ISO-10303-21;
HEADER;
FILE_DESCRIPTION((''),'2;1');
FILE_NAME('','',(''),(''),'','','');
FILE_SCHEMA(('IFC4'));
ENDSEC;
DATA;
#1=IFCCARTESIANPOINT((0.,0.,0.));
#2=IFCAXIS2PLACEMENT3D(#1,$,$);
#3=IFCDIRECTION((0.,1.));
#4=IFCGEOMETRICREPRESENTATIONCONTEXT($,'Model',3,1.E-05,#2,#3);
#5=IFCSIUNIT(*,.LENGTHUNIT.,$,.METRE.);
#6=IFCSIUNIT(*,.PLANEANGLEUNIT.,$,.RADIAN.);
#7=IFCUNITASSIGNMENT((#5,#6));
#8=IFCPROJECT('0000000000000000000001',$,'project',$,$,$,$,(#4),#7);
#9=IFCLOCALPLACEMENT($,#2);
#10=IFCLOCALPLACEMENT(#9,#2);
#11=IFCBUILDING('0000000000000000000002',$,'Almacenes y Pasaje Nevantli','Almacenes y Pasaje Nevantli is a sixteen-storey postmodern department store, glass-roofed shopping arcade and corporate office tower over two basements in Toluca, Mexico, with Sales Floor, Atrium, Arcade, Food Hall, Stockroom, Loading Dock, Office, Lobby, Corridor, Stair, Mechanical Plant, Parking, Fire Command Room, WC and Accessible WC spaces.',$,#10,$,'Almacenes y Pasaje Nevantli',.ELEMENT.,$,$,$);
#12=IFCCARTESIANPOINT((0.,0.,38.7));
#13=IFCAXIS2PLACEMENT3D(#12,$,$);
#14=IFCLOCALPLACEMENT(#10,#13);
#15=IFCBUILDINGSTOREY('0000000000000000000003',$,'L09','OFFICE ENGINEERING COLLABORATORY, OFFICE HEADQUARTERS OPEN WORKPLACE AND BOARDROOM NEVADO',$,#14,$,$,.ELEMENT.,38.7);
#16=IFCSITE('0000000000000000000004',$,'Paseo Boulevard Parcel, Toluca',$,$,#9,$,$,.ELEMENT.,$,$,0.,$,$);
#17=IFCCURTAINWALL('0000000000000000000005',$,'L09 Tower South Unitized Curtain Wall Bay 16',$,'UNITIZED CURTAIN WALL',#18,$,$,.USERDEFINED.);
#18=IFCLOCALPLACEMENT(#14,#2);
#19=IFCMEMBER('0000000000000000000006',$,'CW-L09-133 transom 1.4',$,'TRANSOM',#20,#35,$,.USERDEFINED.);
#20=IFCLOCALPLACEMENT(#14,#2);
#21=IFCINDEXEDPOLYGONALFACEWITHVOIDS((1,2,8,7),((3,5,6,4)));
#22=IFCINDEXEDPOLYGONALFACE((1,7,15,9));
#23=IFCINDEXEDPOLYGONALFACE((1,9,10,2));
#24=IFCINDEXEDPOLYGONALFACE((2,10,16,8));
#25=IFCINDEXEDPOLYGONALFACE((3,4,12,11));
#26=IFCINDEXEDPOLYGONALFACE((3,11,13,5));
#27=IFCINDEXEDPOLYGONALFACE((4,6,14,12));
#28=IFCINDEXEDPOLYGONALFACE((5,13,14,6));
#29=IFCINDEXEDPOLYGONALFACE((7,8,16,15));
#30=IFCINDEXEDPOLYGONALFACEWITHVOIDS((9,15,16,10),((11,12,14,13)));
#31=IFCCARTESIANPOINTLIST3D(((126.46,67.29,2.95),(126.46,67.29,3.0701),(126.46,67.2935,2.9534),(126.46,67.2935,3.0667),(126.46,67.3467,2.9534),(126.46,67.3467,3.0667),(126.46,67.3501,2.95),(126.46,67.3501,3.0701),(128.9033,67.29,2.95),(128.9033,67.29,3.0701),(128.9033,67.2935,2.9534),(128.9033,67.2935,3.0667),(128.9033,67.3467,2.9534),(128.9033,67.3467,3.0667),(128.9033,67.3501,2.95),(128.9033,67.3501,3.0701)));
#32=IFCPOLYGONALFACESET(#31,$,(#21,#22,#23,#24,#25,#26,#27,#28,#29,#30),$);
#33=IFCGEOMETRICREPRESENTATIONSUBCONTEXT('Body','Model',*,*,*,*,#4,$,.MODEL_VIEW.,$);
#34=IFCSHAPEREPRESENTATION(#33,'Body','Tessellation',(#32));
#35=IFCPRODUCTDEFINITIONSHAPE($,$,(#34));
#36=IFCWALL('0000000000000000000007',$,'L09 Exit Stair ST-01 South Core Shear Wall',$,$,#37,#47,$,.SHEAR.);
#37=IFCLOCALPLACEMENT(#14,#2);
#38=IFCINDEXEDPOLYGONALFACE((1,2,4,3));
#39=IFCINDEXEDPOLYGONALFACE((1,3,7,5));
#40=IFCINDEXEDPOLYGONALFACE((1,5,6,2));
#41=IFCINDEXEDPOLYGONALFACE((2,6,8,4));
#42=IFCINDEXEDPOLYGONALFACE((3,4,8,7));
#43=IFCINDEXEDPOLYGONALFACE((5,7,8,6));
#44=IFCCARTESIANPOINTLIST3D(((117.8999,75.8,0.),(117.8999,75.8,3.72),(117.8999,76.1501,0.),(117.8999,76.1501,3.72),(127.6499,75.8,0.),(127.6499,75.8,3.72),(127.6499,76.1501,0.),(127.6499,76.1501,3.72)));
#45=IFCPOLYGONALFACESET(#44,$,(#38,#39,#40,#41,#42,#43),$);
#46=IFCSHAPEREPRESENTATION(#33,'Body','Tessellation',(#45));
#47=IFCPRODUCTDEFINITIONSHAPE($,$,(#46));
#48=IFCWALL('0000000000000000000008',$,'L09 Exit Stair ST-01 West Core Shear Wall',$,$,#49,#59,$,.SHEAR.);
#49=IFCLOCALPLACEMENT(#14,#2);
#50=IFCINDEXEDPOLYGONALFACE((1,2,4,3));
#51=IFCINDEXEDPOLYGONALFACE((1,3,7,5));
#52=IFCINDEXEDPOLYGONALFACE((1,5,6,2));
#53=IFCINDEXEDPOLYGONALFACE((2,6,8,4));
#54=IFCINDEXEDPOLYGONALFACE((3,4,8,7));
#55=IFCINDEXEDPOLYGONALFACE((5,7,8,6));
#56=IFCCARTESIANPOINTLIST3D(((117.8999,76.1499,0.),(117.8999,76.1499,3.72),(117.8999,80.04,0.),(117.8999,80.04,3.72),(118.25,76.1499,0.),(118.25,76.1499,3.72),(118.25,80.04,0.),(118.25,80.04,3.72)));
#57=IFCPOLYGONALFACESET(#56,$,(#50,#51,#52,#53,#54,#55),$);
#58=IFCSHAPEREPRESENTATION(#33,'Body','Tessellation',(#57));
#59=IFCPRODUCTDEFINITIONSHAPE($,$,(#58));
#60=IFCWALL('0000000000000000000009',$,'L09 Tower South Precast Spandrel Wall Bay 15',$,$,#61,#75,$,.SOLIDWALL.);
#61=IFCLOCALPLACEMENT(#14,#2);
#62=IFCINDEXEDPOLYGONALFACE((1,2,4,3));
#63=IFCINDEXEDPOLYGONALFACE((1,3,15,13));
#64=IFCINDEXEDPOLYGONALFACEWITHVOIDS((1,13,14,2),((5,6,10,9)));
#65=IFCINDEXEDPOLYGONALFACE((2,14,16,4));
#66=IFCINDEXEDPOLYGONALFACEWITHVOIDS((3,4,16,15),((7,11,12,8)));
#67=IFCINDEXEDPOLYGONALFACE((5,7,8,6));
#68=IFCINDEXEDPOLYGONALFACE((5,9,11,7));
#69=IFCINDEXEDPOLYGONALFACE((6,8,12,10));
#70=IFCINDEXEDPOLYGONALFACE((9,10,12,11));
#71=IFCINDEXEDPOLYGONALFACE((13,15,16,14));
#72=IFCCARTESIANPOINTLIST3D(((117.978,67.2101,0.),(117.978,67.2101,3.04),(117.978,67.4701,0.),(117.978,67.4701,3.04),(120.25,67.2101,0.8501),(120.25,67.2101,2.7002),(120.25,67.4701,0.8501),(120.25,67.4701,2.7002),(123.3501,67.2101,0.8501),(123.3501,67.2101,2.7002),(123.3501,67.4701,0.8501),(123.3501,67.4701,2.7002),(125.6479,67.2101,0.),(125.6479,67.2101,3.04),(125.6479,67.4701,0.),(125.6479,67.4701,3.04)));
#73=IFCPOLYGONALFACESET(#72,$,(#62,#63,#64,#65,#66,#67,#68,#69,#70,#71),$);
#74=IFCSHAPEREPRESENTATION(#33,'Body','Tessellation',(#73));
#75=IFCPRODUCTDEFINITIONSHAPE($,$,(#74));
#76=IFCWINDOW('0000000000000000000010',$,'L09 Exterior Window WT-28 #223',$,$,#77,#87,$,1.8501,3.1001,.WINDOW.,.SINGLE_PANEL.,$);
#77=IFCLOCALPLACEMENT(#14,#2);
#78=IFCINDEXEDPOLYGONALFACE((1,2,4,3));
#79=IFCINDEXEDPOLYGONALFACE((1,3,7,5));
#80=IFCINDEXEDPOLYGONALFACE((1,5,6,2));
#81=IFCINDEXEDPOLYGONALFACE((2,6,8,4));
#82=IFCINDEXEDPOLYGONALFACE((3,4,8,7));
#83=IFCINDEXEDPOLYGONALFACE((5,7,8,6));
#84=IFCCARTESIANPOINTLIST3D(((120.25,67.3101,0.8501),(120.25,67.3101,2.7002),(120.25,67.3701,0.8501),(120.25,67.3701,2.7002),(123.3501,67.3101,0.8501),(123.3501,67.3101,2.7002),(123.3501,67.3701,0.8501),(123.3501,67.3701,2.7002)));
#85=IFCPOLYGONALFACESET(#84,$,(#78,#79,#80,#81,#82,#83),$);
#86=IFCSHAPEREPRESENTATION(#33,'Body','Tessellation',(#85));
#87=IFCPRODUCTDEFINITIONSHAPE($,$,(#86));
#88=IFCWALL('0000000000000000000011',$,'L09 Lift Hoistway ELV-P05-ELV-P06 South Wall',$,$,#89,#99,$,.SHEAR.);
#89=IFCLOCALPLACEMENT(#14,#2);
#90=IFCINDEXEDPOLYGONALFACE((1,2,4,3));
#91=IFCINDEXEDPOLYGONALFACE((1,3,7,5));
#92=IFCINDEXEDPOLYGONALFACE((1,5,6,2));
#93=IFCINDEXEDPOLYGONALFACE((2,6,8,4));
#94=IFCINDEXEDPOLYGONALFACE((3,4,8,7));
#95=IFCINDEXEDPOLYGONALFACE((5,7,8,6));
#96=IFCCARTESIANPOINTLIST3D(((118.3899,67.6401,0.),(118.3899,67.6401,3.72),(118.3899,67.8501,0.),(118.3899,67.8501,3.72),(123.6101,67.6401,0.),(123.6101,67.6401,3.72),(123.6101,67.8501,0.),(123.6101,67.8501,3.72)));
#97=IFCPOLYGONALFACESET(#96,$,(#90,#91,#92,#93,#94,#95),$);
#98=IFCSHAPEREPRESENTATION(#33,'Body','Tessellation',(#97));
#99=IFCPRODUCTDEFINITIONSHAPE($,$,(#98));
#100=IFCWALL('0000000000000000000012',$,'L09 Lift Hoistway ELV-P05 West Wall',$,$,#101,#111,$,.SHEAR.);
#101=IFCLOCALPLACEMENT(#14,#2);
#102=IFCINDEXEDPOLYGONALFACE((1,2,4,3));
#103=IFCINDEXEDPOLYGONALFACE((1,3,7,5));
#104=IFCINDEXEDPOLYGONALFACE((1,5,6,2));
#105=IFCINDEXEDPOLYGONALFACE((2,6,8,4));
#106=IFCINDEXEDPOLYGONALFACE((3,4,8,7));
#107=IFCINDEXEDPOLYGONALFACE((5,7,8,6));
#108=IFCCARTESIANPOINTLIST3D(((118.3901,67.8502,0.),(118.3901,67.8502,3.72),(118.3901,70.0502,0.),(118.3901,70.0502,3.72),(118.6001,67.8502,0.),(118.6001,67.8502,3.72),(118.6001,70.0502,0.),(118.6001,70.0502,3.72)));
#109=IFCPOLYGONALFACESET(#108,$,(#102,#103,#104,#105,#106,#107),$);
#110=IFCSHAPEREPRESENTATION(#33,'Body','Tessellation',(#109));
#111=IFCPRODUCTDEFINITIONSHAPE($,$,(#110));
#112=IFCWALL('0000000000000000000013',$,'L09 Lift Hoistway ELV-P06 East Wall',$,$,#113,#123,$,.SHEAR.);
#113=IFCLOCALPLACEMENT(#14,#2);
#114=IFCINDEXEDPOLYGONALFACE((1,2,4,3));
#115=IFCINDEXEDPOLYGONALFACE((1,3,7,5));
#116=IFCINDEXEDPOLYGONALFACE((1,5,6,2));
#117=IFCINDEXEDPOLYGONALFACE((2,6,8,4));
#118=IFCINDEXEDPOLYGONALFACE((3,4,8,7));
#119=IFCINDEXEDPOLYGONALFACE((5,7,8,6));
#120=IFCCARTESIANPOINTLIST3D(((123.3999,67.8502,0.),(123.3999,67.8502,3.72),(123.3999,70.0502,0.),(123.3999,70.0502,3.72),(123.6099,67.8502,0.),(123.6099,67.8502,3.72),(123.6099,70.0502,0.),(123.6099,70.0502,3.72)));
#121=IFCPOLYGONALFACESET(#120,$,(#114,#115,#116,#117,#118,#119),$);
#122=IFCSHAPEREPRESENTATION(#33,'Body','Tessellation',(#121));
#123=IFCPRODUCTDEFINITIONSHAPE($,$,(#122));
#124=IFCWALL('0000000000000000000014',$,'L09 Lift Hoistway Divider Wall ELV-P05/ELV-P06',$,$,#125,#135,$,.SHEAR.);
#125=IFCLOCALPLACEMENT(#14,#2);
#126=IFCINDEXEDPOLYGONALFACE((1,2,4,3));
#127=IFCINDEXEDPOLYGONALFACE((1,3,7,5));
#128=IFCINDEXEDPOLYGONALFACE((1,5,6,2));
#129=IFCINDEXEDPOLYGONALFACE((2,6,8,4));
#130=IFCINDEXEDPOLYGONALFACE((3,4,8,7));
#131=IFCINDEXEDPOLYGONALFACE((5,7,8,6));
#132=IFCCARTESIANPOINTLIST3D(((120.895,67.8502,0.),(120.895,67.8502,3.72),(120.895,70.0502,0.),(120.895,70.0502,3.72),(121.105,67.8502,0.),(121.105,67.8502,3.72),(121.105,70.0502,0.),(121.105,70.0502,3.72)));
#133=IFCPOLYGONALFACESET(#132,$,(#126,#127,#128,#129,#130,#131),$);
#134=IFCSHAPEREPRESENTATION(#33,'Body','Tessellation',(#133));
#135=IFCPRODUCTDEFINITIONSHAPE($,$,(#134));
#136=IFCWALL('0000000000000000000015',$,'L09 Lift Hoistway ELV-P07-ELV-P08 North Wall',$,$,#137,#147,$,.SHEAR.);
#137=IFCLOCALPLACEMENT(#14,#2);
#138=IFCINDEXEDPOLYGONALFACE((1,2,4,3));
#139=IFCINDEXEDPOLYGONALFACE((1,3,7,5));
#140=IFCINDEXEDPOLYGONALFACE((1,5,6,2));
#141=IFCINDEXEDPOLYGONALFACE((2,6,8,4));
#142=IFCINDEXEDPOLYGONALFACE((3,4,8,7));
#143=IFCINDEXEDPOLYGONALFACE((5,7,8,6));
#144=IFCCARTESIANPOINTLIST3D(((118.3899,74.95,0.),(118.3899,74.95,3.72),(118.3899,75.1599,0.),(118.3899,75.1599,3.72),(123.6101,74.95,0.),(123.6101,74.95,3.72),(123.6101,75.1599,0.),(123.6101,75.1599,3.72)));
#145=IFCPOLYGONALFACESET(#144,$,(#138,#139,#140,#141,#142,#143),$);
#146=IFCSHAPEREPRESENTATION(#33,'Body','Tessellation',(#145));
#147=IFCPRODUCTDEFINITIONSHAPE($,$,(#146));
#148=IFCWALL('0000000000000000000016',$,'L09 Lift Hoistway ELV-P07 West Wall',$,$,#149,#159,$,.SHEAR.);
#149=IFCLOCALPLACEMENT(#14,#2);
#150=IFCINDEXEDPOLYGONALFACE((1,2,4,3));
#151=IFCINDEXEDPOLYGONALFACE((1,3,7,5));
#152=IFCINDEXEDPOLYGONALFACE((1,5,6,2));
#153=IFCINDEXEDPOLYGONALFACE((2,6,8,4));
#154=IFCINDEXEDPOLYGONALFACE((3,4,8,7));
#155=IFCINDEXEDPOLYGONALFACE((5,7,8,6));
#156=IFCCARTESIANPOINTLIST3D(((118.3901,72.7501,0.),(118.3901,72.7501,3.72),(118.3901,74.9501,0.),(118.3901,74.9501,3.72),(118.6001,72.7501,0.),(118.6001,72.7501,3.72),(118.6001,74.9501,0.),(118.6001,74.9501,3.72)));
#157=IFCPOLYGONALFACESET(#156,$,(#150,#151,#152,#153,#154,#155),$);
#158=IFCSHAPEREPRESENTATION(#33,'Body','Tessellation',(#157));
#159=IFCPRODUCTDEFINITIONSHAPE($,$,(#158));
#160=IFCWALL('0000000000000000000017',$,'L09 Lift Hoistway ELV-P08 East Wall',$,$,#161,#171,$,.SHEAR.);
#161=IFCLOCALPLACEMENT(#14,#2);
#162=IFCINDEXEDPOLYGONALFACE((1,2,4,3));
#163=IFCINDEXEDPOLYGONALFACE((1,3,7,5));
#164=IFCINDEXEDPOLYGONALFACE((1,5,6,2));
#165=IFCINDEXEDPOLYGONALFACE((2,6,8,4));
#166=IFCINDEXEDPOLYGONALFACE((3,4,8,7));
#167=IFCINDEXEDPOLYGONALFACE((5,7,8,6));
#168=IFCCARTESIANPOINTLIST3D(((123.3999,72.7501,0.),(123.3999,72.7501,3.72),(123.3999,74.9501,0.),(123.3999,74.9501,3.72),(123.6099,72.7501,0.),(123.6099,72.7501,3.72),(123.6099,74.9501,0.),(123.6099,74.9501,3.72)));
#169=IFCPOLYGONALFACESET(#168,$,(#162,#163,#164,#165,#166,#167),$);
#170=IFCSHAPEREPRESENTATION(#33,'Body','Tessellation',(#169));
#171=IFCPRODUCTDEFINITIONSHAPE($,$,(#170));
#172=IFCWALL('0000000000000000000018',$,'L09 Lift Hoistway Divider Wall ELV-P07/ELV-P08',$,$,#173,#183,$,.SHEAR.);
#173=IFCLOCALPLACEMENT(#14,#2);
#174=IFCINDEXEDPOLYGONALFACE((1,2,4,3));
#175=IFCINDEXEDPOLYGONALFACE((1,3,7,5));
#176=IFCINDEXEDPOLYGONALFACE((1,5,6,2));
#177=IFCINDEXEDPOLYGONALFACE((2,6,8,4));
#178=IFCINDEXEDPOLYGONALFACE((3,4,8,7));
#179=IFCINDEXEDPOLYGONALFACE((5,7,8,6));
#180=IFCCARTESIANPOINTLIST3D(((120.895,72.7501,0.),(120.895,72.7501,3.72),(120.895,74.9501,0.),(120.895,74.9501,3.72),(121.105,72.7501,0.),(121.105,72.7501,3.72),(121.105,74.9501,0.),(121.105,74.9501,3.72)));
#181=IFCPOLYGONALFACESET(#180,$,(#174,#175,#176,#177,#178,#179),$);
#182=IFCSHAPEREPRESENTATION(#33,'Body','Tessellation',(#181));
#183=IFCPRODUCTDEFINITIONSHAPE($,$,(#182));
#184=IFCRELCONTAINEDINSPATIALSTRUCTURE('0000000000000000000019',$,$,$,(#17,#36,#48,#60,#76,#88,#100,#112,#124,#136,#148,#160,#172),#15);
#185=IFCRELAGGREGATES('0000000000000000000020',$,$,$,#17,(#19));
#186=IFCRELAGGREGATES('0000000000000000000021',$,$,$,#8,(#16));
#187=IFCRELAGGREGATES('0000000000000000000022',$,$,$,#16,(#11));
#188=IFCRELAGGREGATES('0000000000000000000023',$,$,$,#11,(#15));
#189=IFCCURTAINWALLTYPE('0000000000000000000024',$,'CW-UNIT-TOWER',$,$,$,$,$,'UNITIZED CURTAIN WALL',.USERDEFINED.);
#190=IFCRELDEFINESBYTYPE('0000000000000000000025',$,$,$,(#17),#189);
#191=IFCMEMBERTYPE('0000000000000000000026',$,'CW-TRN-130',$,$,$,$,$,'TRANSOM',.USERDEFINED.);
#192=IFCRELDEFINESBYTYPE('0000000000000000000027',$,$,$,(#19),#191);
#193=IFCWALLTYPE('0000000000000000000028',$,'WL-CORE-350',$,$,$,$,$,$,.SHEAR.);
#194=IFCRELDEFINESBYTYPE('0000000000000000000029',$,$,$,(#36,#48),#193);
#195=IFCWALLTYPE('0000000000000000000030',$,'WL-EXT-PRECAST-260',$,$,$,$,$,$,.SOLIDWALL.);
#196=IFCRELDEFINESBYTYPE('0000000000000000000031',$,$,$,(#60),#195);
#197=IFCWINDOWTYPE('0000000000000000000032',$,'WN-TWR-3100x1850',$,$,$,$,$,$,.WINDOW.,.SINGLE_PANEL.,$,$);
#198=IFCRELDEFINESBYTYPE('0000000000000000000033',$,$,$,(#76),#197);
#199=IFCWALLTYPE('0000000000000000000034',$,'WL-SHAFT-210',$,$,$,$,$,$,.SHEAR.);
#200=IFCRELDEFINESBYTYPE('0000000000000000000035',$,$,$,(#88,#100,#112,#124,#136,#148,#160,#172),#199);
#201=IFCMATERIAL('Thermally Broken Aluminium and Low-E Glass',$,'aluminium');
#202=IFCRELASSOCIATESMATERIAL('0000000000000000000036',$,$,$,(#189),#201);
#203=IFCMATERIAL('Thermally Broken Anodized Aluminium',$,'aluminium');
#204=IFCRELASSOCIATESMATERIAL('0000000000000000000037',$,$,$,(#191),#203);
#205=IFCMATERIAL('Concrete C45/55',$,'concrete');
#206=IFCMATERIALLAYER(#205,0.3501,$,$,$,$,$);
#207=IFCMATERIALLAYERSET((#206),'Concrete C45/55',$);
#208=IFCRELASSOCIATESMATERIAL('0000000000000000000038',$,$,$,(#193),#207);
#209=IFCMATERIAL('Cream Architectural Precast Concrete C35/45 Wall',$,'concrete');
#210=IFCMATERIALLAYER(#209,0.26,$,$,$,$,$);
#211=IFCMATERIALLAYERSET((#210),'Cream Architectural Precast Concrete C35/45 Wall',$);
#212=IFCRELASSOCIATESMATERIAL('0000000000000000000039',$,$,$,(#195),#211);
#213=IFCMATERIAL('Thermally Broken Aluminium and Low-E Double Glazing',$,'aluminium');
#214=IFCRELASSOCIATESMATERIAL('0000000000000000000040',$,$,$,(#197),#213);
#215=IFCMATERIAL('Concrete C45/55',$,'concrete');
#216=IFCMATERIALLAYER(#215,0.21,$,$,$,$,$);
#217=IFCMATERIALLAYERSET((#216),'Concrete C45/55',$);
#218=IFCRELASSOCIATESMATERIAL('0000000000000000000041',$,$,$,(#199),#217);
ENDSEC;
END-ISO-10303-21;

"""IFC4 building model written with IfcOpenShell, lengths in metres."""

from ifc_helpers import new_model, si_unit, direction, frame, frame_2d, origin, origin_2d, place, context, subcontext, project, spatial, rectangle, hollow_rectangle, extrude, material, layer, layer_set, material_profile, profile_set, type_object, element, fill, aggregate, save


model = new_model("IFC4")

# Units and contexts
model_context = context("Model", 3, precision=1e-05, world=origin(), true_north=direction((0.0, 1.0)))
body_context = subcontext(model_context, "Body", "Model", "MODEL_VIEW")
ifc_project = project(units=[si_unit("LENGTHUNIT", "METRE"), si_unit("PLANEANGLEUNIT", "RADIAN")], contexts=[model_context])

# Site, building, storey
site_placement = place(None, origin())
site = spatial("IfcSite", under=ifc_project, at=site_placement, Name="Paseo Boulevard Parcel, Toluca", CompositionType="ELEMENT", RefElevation=0.0)
building_placement = place(site_placement, origin())
building = spatial("IfcBuilding", under=site, at=building_placement, Name="Almacenes y Pasaje Nevantli", Description="Almacenes y Pasaje Nevantli is a sixteen-storey postmodern department store, glass-roofed shopping arcade and corporate office tower over two basements in Toluca, Mexico, with Sales Floor, Atrium, Arcade, Food Hall, Stockroom, Loading Dock, Office, Lobby, Corridor, Stair, Mechanical Plant, Parking, Fire Command Room, WC and Accessible WC spaces.", LongName="Almacenes y Pasaje Nevantli", CompositionType="ELEMENT")
storey_placement = place(building_placement, frame((0.0, 0.0, 38.7)))
storey = spatial("IfcBuildingStorey", under=building, at=storey_placement, Name="L09", Description="OFFICE ENGINEERING COLLABORATORY, OFFICE HEADQUARTERS OPEN WORKPLACE AND BOARDROOM NEVADO", CompositionType="ELEMENT", Elevation=38.7)

# Curtain wall, member
ifc_material_1 = material(Name="Thermally Broken Aluminium and Low-E Glass", Category="aluminium")
curtain_wall_type = type_object("IfcCurtainWallType", Name="CW-UNIT-TOWER", ElementType="UNITIZED CURTAIN WALL", PredefinedType="USERDEFINED", material=ifc_material_1)
curtain_wall_placement = place(storey_placement, origin())
curtain_wall = element("IfcCurtainWall", 1, at=curtain_wall_placement, inside=storey, type_object=curtain_wall_type, Name="L09 Tower South Unitized Curtain Wall Bay 16", ObjectType="UNITIZED CURTAIN WALL", PredefinedType="USERDEFINED")
ifc_material_2 = material(Name="Thermally Broken Anodized Aluminium", Category="aluminium")
ifc_material_profile_1 = material_profile(ifc_material_2, hollow_rectangle(XDim=0.0601, YDim=0.1201, WallThickness=0.0034, at=origin_2d()), Name="ALU-TRN-60x120")
ifc_profile_set_1 = profile_set([ifc_material_profile_1], Name="Thermally Broken Anodized Aluminium")
member_type_1 = type_object("IfcMemberType", Name="CW-TRN-130", ElementType="TRANSOM", PredefinedType="USERDEFINED", material=ifc_profile_set_1)
member_1_placement = place(storey_placement, frame((126.46, 67.3201, 3.01), z_axis=(1.0, 0.0, 0.0), x_axis=(0.0, 1.0, 0.0)))
member_1 = element("IfcMember", 2, at=member_1_placement, type_object=member_type_1, Name="CW-L09-133 transom 1.4", ObjectType="TRANSOM", PredefinedType="USERDEFINED", context=body_context, shape_type="SweptSolid", body=[
    extrude(hollow_rectangle(XDim=0.0601, YDim=0.1201, WallThickness=0.0034, at=origin_2d()), origin(), (0.0, 0.0, 1.0), 2.4434),
])
aggregate(curtain_wall, [member_1])

# Walls
ifc_material_3 = material(Name="Concrete C45/55", Category="concrete")
ifc_layer_1 = layer(ifc_material_3, 0.3501)
ifc_layer_set_1 = layer_set([ifc_layer_1], Name="Concrete C45/55")
wall_type_1 = type_object("IfcWallType", Name="WL-CORE-350", PredefinedType="SHEAR", material=ifc_layer_set_1)
wall_1_placement = place(storey_placement, frame((117.8999, 75.9751, 0.0), z_axis=(0.0, 0.0, 1.0), x_axis=(1.0, 0.0, 0.0)))
element("IfcWall", 3, at=wall_1_placement, inside=storey, type_object=wall_type_1, Name="L09 Exit Stair ST-01 South Core Shear Wall", PredefinedType="SHEAR", context=body_context, shape_type="SweptSolid", body=[
    extrude(rectangle(XDim=9.75, YDim=0.3501, at=frame_2d((4.875, 0.0))), origin(), (0.0, 0.0, 1.0), 3.72),
])
wall_2_placement = place(storey_placement, frame((118.075, 76.1499, 0.0), z_axis=(0.0, 0.0, 1.0), x_axis=(0.0, 1.0, 0.0)))
element("IfcWall", 4, at=wall_2_placement, inside=storey, type_object=wall_type_1, Name="L09 Exit Stair ST-01 West Core Shear Wall", PredefinedType="SHEAR", context=body_context, shape_type="SweptSolid", body=[
    extrude(rectangle(XDim=3.8901, YDim=0.3501, at=frame_2d((1.9451, 0.0))), origin(), (0.0, 0.0, 1.0), 3.72),
])

# Wall, opening, window
ifc_material_4 = material(Name="Cream Architectural Precast Concrete C35/45 Wall", Category="concrete")
ifc_layer_2 = layer(ifc_material_4, 0.26)
ifc_layer_set_2 = layer_set([ifc_layer_2], Name="Cream Architectural Precast Concrete C35/45 Wall")
wall_type_2 = type_object("IfcWallType", Name="WL-EXT-PRECAST-260", PredefinedType="SOLIDWALL", material=ifc_layer_set_2)
wall_3_placement = place(storey_placement, frame((117.978, 67.3401, 0.0), z_axis=(0.0, 0.0, 1.0), x_axis=(1.0, 0.0, 0.0)))
wall_3 = element("IfcWall", 5, at=wall_3_placement, inside=storey, type_object=wall_type_2, Name="L09 Tower South Precast Spandrel Wall Bay 15", PredefinedType="SOLIDWALL", context=body_context, shape_type="SweptSolid", body=[
    extrude(rectangle(XDim=7.6699, YDim=0.26, at=frame_2d((3.835, 0.0))), origin(), (0.0, 0.0, 1.0), 3.04),
])
opening_1_placement = place(wall_3_placement, frame((2.272, 0.0, 0.8501)))
opening_1 = element("IfcOpeningElement", 6, at=opening_1_placement, cuts=wall_3, PredefinedType="OPENING", context=body_context, shape_type="SweptSolid", body=[
    extrude(rectangle(XDim=3.1001, YDim=1.8501, at=frame_2d((1.55, 0.925))), frame((0.0, 0.1399, 0.0), z_axis=(0.0, -1.0, 0.0), x_axis=(1.0, 0.0, 0.0)), (0.0, 0.0, 1.0), 0.28),
])
ifc_material_5 = material(Name="Thermally Broken Aluminium and Low-E Double Glazing", Category="aluminium")
window_type = type_object("IfcWindowType", Name="WN-TWR-3100x1850", PartitioningType="SINGLE_PANEL", PredefinedType="WINDOW", material=ifc_material_5)
window_placement = place(opening_1_placement, origin())
window = element("IfcWindow", 7, at=window_placement, inside=storey, type_object=window_type, Name="L09 Exterior Window WT-28 #223", OverallHeight=1.8501, OverallWidth=3.1001, PartitioningType="SINGLE_PANEL", PredefinedType="WINDOW", context=body_context, shape_type="SweptSolid", body=[
    extrude(rectangle(XDim=3.1001, YDim=1.8501, at=frame_2d((1.55, 0.925))), frame((0.0, 0.03, 0.0), z_axis=(0.0, -1.0, 0.0), x_axis=(1.0, 0.0, 0.0)), (0.0, 0.0, 1.0), 0.0601),
])
fill(opening_1, window)

# Wall
ifc_material_6 = material(Name="Concrete C45/55", Category="concrete")
ifc_layer_3 = layer(ifc_material_6, 0.21)
ifc_layer_set_3 = layer_set([ifc_layer_3], Name="Concrete C45/55")
wall_type_3 = type_object("IfcWallType", Name="WL-SHAFT-210", PredefinedType="SHEAR", material=ifc_layer_set_3)
wall_4_placement = place(storey_placement, frame((118.3899, 67.7451, 0.0), z_axis=(0.0, 0.0, 1.0), x_axis=(1.0, 0.0, 0.0)))
element("IfcWall", 8, at=wall_4_placement, inside=storey, type_object=wall_type_3, Name="L09 Lift Hoistway ELV-P05-ELV-P06 South Wall", PredefinedType="SHEAR", context=body_context, shape_type="SweptSolid", body=[
    extrude(rectangle(XDim=5.2202, YDim=0.21, at=frame_2d((2.6101, 0.0))), origin(), (0.0, 0.0, 1.0), 3.72),
])

# Walls
for number, where, z_axis, x_axis, name in (
    (9, (118.4951, 67.8501, 0.0), (0.0, 0.0, 1.0), (0.0, 1.0, 0.0), "L09 Lift Hoistway ELV-P05 West Wall"),
    (10, (123.5049, 67.8501, 0.0), (0.0, 0.0, 1.0), (0.0, 1.0, 0.0), "L09 Lift Hoistway ELV-P06 East Wall"),
    (11, (121.0, 67.8501, 0.0), (0.0, 0.0, 1.0), (0.0, 1.0, 0.0), "L09 Lift Hoistway Divider Wall ELV-P05/ELV-P06"),
):
    element("IfcWall", number, at=place(storey_placement, frame(where, z_axis=z_axis, x_axis=x_axis)), inside=storey, type_object=wall_type_3, Name=name, PredefinedType="SHEAR", context=body_context, shape_type="SweptSolid", body=[
        extrude(rectangle(XDim=2.2, YDim=0.21, at=frame_2d((1.1001, 0.0))), origin(), (0.0, 0.0, 1.0), 3.72),
    ])

# Walls
wall_5_placement = place(storey_placement, frame((118.3899, 75.0549, 0.0), z_axis=(0.0, 0.0, 1.0), x_axis=(1.0, 0.0, 0.0)))
element("IfcWall", 12, at=wall_5_placement, inside=storey, type_object=wall_type_3, Name="L09 Lift Hoistway ELV-P07-ELV-P08 North Wall", PredefinedType="SHEAR", context=body_context, shape_type="SweptSolid", body=[
    extrude(rectangle(XDim=5.2202, YDim=0.21, at=frame_2d((2.6101, 0.0))), origin(), (0.0, 0.0, 1.0), 3.72),
])
for number, where, z_axis, x_axis, name in (
    (13, (118.4951, 72.75, 0.0), (0.0, 0.0, 1.0), (0.0, 1.0, 0.0), "L09 Lift Hoistway ELV-P07 West Wall"),
    (14, (123.5049, 72.75, 0.0), (0.0, 0.0, 1.0), (0.0, 1.0, 0.0), "L09 Lift Hoistway ELV-P08 East Wall"),
    (15, (121.0, 72.75, 0.0), (0.0, 0.0, 1.0), (0.0, 1.0, 0.0), "L09 Lift Hoistway Divider Wall ELV-P07/ELV-P08"),
):
    element("IfcWall", number, at=place(storey_placement, frame(where, z_axis=z_axis, x_axis=x_axis)), inside=storey, type_object=wall_type_3, Name=name, PredefinedType="SHEAR", context=body_context, shape_type="SweptSolid", body=[
        extrude(rectangle(XDim=2.2, YDim=0.21, at=frame_2d((1.1001, 0.0))), origin(), (0.0, 0.0, 1.0), 3.72),
    ])

save(model, "model.ifc")
